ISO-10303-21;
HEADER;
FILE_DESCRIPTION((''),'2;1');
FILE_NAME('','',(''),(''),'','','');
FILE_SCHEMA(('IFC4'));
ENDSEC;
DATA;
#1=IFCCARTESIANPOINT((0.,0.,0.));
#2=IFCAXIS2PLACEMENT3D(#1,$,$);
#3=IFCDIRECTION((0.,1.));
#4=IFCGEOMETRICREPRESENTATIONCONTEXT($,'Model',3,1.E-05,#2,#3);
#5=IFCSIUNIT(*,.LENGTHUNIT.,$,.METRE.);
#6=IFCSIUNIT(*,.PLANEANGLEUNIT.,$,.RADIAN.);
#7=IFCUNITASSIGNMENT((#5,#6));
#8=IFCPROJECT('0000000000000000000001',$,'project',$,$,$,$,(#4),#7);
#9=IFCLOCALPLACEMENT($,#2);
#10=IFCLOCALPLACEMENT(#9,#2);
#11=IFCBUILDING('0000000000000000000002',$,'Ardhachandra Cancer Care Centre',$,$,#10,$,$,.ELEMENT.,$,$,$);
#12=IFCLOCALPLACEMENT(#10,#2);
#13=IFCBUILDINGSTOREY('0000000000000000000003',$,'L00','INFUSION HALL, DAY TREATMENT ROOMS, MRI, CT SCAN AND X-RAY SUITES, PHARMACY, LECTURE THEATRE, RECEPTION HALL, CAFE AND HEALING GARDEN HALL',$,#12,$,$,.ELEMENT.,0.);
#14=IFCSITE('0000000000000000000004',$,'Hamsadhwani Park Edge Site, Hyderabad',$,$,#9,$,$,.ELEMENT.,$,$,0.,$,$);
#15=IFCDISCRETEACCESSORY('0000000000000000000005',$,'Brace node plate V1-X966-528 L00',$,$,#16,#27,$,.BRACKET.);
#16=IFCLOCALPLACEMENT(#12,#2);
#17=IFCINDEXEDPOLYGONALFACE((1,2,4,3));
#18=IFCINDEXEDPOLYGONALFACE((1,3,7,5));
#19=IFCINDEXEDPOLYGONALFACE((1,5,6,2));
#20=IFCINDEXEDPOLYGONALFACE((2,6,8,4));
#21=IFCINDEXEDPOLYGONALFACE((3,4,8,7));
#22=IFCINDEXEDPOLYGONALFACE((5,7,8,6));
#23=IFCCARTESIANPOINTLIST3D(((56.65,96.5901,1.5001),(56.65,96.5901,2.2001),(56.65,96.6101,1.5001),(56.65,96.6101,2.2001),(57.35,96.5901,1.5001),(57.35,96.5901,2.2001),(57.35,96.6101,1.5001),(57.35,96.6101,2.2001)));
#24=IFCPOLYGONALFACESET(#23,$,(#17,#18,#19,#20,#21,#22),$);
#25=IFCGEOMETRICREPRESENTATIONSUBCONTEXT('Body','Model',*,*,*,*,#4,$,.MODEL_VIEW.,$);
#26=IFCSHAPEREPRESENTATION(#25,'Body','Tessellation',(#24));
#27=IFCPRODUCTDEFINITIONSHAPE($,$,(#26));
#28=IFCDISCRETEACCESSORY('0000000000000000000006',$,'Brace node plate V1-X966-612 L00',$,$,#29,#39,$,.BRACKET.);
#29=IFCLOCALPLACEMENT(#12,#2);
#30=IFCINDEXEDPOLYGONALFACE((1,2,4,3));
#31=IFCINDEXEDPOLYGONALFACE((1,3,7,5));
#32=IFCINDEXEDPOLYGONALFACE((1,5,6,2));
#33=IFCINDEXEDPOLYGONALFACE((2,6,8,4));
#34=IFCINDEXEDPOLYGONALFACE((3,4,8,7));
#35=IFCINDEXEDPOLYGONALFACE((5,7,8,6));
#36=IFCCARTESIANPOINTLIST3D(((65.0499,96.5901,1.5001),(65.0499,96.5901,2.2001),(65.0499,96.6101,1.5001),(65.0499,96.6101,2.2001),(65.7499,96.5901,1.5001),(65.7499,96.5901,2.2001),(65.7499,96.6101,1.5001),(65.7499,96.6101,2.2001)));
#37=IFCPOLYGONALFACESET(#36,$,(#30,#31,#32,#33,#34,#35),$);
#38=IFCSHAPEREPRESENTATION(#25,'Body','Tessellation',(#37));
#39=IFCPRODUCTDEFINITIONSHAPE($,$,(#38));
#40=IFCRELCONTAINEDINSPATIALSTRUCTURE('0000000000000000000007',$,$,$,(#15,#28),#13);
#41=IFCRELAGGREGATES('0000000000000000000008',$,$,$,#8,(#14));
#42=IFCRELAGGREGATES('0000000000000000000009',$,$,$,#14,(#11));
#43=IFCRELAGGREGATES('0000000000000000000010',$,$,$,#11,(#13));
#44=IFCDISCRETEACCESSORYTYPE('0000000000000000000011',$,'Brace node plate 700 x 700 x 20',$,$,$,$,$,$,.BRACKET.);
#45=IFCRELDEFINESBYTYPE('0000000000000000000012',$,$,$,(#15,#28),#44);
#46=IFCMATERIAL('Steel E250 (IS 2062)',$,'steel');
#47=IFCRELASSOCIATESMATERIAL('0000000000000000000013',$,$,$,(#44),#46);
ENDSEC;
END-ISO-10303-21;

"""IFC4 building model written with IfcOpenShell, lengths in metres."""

from ifc_helpers import new_model, si_unit, direction, frame, origin, origin_2d, place, context, subcontext, project, spatial, rectangle, extrude, material, material_profile, profile_set, type_object, element, save


model = new_model("IFC4")

# Units and contexts
model_context = context("Model", 3, precision=1e-05, world=origin(), true_north=direction((0.0, 1.0)))
body_context = subcontext(model_context, "Body", "Model", "MODEL_VIEW")
ifc_project = project(units=[si_unit("LENGTHUNIT", "METRE"), si_unit("PLANEANGLEUNIT", "RADIAN")], contexts=[model_context])

# Site, building, storey
site_placement = place(None, origin())
site = spatial("IfcSite", under=ifc_project, at=site_placement, Name="Hamsadhwani Park Edge Site, Hyderabad", CompositionType="ELEMENT", RefElevation=0.0)
building_placement = place(site_placement, origin())
building = spatial("IfcBuilding", under=site, at=building_placement, Name="Ardhachandra Cancer Care Centre", CompositionType="ELEMENT")
storey_placement = place(building_placement, origin())
storey = spatial("IfcBuildingStorey", under=building, at=storey_placement, Name="L00", Description="INFUSION HALL, DAY TREATMENT ROOMS, MRI, CT SCAN AND X-RAY SUITES, PHARMACY, LECTURE THEATRE, RECEPTION HALL, CAFE AND HEALING GARDEN HALL", CompositionType="ELEMENT", Elevation=0.0)

# Discrete accessories
ifc_material_1 = material(Name="Steel E250 (IS 2062)", Category="steel")
ifc_material_profile_1 = material_profile(ifc_material_1, rectangle(XDim=0.7, YDim=0.7, at=origin_2d()), Name="PL 700x700x20")
ifc_profile_set_1 = profile_set([ifc_material_profile_1], Name="Steel E250 (IS 2062)")
discrete_accessory_type = type_object("IfcDiscreteAccessoryType", Name="Brace node plate 700 x 700 x 20", PredefinedType="BRACKET", material=ifc_profile_set_1)
for number, where, z_axis, x_axis, name in (
    (1, (57.0, 96.5901, 1.8501), (0.0, 1.0, 0.0), (-1.0, 0.0, 0.0), "Brace node plate V1-X966-528 L00"),
    (2, (65.3999, 96.5901, 1.8501), (0.0, 1.0, 0.0), (-1.0, 0.0, 0.0), "Brace node plate V1-X966-612 L00"),
):
    element("IfcDiscreteAccessory", number, at=place(storey_placement, frame(where, z_axis=z_axis, x_axis=x_axis)), inside=storey, type_object=discrete_accessory_type, Name=name, PredefinedType="BRACKET", context=body_context, shape_type="SweptSolid", body=[
        extrude(rectangle(XDim=0.7, YDim=0.7, at=origin_2d()), origin(), (0.0, 0.0, 1.0), 0.02),
    ])

save(model, "model.ifc")
